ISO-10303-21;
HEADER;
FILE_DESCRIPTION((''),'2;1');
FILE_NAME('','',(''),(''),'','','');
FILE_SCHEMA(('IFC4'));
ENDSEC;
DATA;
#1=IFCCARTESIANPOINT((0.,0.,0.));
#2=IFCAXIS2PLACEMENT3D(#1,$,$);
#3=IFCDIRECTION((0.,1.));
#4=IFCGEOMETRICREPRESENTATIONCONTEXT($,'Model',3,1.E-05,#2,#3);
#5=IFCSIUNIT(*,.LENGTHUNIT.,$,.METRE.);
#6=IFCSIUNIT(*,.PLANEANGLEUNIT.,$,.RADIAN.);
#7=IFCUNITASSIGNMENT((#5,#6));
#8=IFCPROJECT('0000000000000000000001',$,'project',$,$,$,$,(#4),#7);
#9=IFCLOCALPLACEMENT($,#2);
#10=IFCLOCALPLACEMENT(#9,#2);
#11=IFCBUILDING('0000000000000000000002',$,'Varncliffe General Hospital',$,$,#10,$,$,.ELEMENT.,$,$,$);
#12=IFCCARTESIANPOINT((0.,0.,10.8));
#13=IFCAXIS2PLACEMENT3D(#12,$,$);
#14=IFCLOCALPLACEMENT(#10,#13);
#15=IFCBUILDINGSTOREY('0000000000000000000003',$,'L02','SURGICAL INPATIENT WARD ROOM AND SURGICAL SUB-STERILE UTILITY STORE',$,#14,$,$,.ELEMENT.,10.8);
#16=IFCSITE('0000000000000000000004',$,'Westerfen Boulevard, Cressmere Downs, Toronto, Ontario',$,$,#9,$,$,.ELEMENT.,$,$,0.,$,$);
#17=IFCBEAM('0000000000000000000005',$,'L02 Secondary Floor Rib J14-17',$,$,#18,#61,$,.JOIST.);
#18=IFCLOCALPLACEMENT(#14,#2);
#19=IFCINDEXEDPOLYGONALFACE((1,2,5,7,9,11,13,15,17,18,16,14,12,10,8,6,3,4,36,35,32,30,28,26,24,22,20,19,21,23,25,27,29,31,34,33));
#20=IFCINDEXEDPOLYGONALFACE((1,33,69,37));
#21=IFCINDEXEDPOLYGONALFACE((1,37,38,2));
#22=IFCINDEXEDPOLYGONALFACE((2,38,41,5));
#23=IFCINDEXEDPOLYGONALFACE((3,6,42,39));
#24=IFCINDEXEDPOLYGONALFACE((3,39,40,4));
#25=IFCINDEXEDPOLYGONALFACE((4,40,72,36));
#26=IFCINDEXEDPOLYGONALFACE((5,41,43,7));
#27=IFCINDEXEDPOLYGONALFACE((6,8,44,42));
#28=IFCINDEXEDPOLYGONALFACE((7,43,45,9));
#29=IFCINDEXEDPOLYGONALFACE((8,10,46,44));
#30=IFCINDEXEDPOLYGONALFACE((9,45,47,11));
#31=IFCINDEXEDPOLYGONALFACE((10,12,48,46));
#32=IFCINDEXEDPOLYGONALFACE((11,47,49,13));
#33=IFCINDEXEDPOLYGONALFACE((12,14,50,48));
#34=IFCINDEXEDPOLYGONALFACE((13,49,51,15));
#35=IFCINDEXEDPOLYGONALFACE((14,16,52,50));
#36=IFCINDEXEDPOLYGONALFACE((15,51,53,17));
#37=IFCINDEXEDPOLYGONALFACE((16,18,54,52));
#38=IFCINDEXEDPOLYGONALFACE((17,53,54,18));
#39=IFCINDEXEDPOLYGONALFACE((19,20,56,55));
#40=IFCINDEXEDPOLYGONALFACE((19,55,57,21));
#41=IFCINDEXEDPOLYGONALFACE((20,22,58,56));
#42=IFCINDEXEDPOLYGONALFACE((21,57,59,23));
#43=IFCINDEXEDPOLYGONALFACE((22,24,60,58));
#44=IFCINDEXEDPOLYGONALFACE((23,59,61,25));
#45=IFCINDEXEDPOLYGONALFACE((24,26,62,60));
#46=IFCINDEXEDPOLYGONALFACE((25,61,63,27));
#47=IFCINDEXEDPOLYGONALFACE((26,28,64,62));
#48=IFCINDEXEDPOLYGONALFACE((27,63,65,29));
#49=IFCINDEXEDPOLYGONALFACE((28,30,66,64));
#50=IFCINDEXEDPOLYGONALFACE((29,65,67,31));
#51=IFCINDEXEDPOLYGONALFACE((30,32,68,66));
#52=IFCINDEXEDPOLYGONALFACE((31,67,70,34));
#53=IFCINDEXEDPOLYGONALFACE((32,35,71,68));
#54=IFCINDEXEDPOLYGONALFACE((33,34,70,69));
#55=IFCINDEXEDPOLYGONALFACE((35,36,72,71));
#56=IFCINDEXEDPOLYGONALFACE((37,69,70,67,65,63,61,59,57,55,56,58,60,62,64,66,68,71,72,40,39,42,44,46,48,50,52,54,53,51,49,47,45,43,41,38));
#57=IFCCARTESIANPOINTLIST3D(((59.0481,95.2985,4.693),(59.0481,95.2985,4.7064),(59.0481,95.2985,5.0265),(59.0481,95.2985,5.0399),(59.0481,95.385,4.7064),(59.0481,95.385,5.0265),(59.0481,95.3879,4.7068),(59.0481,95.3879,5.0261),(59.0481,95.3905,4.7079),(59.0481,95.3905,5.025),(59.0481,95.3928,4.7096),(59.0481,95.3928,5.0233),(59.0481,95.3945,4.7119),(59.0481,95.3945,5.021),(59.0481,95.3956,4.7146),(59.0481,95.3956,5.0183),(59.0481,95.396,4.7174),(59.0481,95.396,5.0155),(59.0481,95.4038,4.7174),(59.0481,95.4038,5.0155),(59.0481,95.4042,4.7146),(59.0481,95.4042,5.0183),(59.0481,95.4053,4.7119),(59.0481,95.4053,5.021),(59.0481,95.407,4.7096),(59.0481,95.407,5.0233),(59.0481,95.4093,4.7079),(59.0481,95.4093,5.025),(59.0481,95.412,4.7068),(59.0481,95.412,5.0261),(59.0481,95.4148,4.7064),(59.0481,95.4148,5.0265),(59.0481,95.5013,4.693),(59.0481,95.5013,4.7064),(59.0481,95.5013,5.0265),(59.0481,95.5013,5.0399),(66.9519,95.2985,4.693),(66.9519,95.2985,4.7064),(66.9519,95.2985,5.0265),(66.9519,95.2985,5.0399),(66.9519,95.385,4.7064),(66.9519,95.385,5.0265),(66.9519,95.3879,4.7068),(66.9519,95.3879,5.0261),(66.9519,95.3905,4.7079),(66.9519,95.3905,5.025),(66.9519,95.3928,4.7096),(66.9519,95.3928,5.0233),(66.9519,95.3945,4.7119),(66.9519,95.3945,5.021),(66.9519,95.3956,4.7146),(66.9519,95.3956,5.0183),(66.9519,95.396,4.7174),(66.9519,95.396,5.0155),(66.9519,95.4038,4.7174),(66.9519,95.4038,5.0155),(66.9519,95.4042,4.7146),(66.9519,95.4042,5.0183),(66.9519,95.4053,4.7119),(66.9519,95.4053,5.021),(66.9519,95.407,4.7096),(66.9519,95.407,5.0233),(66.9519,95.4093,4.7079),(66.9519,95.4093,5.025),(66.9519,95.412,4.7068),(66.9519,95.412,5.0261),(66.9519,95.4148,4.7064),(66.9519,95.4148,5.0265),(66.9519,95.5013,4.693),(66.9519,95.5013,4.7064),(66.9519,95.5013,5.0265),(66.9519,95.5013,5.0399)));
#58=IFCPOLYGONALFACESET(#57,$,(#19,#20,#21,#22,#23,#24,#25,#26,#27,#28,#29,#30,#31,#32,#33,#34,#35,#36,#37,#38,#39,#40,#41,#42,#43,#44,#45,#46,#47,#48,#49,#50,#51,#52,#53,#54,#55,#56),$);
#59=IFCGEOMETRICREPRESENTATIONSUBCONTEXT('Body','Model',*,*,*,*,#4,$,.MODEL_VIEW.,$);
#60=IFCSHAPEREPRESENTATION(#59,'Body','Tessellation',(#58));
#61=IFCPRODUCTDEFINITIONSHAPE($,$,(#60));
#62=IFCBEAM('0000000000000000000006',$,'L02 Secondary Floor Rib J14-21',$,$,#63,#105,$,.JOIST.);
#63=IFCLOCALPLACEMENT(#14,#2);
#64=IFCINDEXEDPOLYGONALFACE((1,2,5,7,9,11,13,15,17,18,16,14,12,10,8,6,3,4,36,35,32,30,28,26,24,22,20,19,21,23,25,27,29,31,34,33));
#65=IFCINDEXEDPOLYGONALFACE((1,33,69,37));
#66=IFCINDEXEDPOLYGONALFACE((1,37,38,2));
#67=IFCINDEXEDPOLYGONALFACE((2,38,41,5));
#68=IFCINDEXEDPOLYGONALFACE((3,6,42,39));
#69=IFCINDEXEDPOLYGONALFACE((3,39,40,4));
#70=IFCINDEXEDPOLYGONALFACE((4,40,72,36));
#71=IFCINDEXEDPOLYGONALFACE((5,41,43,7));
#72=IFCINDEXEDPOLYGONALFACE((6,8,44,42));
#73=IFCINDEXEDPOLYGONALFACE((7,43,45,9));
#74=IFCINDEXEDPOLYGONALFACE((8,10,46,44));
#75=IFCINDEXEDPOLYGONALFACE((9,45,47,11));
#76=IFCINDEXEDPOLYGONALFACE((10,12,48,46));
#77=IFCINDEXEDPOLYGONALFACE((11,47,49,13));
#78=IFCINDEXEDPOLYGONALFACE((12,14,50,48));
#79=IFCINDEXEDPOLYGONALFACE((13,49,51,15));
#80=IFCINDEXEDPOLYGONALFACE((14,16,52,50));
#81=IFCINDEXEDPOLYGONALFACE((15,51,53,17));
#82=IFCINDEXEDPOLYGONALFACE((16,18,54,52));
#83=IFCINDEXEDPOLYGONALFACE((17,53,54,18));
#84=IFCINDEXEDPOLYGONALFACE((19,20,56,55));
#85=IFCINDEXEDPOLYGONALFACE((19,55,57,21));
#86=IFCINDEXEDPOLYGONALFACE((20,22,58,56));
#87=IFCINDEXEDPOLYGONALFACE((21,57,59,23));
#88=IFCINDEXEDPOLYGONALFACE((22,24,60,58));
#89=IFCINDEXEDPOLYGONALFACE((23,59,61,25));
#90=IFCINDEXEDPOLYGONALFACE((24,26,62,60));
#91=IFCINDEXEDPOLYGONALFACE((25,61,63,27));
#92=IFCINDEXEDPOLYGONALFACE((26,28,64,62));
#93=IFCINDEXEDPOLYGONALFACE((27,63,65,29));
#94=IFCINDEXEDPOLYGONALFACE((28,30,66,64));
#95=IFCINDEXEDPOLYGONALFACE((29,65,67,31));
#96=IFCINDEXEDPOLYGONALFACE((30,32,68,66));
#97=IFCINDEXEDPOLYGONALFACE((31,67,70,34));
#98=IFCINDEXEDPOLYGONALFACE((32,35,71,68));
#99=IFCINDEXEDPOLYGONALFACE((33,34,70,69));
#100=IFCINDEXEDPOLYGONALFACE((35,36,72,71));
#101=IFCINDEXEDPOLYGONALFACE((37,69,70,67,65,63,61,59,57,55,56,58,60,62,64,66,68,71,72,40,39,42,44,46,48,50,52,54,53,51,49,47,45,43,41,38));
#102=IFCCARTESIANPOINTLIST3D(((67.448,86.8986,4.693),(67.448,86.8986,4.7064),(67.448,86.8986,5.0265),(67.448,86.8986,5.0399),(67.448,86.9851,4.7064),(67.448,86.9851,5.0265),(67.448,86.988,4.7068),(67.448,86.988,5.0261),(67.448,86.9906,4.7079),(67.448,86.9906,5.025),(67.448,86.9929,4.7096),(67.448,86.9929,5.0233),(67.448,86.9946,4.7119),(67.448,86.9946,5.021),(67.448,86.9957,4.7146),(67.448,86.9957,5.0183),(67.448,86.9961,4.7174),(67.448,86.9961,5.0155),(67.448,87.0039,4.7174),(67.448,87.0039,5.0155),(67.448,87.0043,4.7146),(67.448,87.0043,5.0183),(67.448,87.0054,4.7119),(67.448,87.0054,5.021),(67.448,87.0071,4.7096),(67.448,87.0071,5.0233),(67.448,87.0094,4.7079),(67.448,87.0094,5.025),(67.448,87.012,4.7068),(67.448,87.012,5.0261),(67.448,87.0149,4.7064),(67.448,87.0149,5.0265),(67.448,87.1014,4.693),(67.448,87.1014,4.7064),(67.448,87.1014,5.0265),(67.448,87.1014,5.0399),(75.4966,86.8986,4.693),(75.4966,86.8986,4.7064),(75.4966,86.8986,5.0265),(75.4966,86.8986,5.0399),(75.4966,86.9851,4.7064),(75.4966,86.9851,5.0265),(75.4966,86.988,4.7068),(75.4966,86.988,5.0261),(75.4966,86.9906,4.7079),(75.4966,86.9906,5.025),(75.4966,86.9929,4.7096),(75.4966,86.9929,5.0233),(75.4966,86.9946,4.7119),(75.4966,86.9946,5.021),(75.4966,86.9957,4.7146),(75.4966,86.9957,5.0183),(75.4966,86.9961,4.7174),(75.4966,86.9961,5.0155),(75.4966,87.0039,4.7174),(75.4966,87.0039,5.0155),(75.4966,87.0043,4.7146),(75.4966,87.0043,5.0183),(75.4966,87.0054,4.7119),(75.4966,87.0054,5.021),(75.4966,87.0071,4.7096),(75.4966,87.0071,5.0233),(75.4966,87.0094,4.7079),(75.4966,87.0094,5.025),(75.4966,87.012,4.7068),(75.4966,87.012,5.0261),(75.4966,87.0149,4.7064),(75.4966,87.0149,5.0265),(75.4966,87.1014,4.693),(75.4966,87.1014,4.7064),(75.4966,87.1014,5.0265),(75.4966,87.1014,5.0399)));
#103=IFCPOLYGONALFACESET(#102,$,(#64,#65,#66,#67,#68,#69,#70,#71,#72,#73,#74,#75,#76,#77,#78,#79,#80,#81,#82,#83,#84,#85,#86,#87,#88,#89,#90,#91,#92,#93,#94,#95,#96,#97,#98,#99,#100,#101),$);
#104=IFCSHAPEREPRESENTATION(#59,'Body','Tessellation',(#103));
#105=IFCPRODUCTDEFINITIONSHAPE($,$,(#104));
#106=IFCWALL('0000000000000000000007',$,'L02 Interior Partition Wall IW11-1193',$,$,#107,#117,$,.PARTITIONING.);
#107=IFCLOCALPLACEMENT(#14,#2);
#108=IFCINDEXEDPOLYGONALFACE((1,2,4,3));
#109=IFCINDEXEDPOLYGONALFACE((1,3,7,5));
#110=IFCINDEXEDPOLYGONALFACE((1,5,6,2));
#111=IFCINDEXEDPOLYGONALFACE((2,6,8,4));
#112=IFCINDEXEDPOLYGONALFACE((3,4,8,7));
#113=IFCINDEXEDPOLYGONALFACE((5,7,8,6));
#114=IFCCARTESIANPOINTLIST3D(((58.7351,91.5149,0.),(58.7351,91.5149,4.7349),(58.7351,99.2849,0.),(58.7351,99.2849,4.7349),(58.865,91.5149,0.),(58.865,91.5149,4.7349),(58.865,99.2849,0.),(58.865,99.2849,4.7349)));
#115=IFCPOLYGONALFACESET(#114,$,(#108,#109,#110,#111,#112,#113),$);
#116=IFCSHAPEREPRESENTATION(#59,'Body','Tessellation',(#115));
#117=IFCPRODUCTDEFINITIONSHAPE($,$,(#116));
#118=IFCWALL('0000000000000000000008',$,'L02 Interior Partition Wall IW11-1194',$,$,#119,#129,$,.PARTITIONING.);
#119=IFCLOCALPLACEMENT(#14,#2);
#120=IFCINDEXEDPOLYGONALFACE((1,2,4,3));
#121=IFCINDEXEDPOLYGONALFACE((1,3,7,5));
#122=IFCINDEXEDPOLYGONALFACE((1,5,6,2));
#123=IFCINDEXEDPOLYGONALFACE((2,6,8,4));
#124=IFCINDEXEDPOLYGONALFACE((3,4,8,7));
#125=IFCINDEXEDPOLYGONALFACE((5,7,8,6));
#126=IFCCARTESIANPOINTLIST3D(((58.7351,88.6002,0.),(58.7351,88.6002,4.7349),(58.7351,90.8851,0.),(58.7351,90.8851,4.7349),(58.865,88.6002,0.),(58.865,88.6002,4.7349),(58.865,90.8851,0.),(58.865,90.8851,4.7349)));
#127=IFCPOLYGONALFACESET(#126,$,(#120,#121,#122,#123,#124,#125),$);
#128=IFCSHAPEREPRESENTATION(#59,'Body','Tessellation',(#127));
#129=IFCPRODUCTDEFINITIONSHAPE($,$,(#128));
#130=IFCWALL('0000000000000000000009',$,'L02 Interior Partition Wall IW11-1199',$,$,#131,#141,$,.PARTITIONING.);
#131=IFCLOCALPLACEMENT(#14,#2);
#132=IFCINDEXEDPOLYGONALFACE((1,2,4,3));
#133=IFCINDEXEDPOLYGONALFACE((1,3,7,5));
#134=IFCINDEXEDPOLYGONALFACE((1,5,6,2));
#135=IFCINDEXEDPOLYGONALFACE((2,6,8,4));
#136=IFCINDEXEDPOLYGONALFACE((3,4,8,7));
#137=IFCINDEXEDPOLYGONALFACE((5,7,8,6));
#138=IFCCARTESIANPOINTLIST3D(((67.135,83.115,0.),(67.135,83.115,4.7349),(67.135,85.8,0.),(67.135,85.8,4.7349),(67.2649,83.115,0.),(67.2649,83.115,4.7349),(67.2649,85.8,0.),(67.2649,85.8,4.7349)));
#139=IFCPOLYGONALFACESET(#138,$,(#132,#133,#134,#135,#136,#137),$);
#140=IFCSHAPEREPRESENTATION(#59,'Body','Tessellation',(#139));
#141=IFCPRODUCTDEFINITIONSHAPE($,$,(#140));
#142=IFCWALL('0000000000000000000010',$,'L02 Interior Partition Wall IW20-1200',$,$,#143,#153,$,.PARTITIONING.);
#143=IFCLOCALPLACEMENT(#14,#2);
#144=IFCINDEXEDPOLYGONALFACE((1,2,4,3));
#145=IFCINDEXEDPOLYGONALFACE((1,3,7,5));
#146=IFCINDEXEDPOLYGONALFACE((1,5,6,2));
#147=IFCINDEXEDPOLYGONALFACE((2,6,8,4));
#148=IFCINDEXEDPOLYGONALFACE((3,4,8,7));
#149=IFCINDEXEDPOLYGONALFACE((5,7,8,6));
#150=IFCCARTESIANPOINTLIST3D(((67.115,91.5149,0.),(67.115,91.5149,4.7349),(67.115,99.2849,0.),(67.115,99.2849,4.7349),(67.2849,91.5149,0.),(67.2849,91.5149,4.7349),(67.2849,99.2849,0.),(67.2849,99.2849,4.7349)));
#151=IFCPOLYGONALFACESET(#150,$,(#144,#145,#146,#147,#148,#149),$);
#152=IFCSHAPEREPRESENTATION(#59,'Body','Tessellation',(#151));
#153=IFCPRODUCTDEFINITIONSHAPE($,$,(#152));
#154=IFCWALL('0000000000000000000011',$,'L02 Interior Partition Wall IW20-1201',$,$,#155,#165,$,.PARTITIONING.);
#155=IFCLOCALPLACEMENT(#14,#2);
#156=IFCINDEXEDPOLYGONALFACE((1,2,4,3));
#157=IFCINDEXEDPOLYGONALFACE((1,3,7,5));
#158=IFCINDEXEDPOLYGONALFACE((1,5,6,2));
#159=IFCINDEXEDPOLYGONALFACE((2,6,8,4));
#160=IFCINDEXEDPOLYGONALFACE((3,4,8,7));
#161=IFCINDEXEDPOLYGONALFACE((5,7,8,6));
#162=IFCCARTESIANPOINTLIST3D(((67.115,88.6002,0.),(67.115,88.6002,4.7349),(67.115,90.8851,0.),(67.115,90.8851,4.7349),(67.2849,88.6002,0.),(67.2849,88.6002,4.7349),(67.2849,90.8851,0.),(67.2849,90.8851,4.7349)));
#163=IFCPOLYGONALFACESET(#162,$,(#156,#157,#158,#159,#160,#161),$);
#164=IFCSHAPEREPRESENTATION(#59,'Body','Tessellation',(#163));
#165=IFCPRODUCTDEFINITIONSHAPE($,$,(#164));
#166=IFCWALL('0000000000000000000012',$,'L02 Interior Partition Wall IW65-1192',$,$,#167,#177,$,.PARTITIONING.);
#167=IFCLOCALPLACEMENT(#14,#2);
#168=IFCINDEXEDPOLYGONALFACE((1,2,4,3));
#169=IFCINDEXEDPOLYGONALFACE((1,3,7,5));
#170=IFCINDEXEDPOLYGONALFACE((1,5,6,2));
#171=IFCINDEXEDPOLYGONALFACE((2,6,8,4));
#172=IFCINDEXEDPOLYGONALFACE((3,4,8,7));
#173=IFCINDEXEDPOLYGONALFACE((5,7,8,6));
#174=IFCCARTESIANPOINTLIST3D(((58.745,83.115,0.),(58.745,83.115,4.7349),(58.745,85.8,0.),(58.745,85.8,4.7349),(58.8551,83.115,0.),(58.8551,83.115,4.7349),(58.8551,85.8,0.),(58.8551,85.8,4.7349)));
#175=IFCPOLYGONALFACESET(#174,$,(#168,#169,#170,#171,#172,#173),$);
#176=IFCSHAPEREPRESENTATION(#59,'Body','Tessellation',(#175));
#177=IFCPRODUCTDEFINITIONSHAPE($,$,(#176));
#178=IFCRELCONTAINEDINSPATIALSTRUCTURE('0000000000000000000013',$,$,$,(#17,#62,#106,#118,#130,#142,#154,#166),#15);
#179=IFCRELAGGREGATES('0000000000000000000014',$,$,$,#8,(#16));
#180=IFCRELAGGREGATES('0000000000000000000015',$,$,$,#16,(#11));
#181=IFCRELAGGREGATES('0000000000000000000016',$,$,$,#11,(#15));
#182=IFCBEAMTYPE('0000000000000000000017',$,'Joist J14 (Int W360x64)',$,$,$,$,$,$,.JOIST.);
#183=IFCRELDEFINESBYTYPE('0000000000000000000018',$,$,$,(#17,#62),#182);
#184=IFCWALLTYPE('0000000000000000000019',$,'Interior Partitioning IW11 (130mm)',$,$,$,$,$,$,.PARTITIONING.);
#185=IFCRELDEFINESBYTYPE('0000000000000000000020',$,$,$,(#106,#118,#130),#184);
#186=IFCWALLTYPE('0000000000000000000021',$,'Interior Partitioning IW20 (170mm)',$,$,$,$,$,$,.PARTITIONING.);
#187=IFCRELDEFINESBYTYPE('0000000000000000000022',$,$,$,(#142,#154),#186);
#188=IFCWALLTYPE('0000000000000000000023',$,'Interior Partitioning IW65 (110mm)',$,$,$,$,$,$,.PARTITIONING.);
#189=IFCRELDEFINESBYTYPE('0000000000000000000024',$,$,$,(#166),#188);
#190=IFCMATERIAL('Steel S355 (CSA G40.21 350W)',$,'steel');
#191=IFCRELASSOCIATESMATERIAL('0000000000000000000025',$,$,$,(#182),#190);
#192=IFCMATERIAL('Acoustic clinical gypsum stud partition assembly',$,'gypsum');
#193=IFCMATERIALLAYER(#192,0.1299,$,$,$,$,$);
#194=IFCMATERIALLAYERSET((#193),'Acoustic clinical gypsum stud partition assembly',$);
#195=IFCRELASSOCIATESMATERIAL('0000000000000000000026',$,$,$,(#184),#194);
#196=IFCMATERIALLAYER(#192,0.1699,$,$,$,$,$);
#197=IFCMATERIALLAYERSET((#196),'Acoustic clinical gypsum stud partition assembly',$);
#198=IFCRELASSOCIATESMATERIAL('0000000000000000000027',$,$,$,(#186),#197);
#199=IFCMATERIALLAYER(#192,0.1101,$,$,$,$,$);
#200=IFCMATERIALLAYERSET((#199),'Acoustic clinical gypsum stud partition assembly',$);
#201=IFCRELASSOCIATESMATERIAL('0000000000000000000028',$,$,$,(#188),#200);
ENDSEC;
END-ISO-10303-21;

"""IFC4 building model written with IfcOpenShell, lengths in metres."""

from ifc_helpers import new_model, si_unit, direction, frame, frame_2d, origin, origin_2d, place, context, subcontext, project, spatial, rectangle, i_section, extrude, material, layer, layer_set, material_profile, profile_set, type_object, element, save


model = new_model("IFC4")

# Units and contexts
model_context = context("Model", 3, precision=1e-05, world=origin(), true_north=direction((0.0, 1.0)))
body_context = subcontext(model_context, "Body", "Model", "MODEL_VIEW")
ifc_project = project(units=[si_unit("LENGTHUNIT", "METRE"), si_unit("PLANEANGLEUNIT", "RADIAN")], contexts=[model_context])

# Site, building, storey
site_placement = place(None, origin())
site = spatial("IfcSite", under=ifc_project, at=site_placement, Name="Westerfen Boulevard, Cressmere Downs, Toronto, Ontario", CompositionType="ELEMENT", RefElevation=0.0)
building_placement = place(site_placement, origin())
building = spatial("IfcBuilding", under=site, at=building_placement, Name="Varncliffe General Hospital", CompositionType="ELEMENT")
storey_placement = place(building_placement, frame((0.0, 0.0, 10.8)))
storey = spatial("IfcBuildingStorey", under=building, at=storey_placement, Name="L02", Description="SURGICAL INPATIENT WARD ROOM AND SURGICAL SUB-STERILE UTILITY STORE", CompositionType="ELEMENT", Elevation=10.8)

# Beams
ifc_material_1 = material(Name="Steel S355 (CSA G40.21 350W)", Category="steel")
ifc_material_profile_1 = material_profile(ifc_material_1, i_section(OverallWidth=0.2029, OverallDepth=0.3469, WebThickness=0.0078, FlangeThickness=0.0134, FilletRadius=0.011, at=origin_2d()), Name="W360x64")
ifc_profile_set_1 = profile_set([ifc_material_profile_1], Name="Steel S355 (CSA G40.21 350W)")
beam_type_1 = type_object("IfcBeamType", Name="Joist J14 (Int W360x64)", PredefinedType="JOIST", material=ifc_profile_set_1)
for number, where, z_axis, x_axis, name in (
    (1, (59.0481, 95.3999, 4.8665), (1.0, 0.0, 0.0), (0.0, 1.0, 0.0), "L02 Secondary Floor Rib J14-17"),
):
    element("IfcBeam", number, at=place(storey_placement, frame(where, z_axis=z_axis, x_axis=x_axis)), inside=storey, type_object=beam_type_1, Name=name, PredefinedType="JOIST", context=body_context, shape_type="SweptSolid", body=[
        extrude(i_section(OverallWidth=0.2029, OverallDepth=0.3469, WebThickness=0.0078, FlangeThickness=0.0134, FilletRadius=0.011, at=origin_2d()), origin(), (0.0, 0.0, 1.0), 7.9038),
    ])
beam_1_placement = place(storey_placement, frame((67.448, 87.0, 4.8665), z_axis=(1.0, 0.0, 0.0), x_axis=(0.0, 1.0, 0.0)))
element("IfcBeam", 2, at=beam_1_placement, inside=storey, type_object=beam_type_1, Name="L02 Secondary Floor Rib J14-21", PredefinedType="JOIST", context=body_context, shape_type="SweptSolid", body=[
    extrude(i_section(OverallWidth=0.2029, OverallDepth=0.3469, WebThickness=0.0078, FlangeThickness=0.0134, FilletRadius=0.011, at=origin_2d()), origin(), (0.0, 0.0, 1.0), 8.0486),
])

# Walls
ifc_material_2 = material(Name="Acoustic clinical gypsum stud partition assembly", Category="gypsum")
ifc_layer_1 = layer(ifc_material_2, 0.1299)
ifc_layer_set_1 = layer_set([ifc_layer_1], Name="Acoustic clinical gypsum stud partition assembly")
wall_type_1 = type_object("IfcWallType", Name="Interior Partitioning IW11 (130mm)", PredefinedType="PARTITIONING", material=ifc_layer_set_1)
wall_1_placement = place(storey_placement, frame((58.8, 91.5149, 0.0), z_axis=(0.0, 0.0, 1.0), x_axis=(0.0, 1.0, 0.0)))
element("IfcWall", 3, at=wall_1_placement, inside=storey, type_object=wall_type_1, Name="L02 Interior Partition Wall IW11-1193", PredefinedType="PARTITIONING", context=body_context, shape_type="SweptSolid", body=[
    extrude(rectangle(XDim=7.77, YDim=0.1299, at=frame_2d((3.885, 0.0))), origin(), (0.0, 0.0, 1.0), 4.7349),
])
wall_2_placement = place(storey_placement, frame((58.8, 88.6001, 0.0), z_axis=(0.0, 0.0, 1.0), x_axis=(0.0, 1.0, 0.0)))
element("IfcWall", 4, at=wall_2_placement, inside=storey, type_object=wall_type_1, Name="L02 Interior Partition Wall IW11-1194", PredefinedType="PARTITIONING", context=body_context, shape_type="SweptSolid", body=[
    extrude(rectangle(XDim=2.2849, YDim=0.1299, at=frame_2d((1.1426, 0.0))), origin(), (0.0, 0.0, 1.0), 4.7349),
])
wall_3_placement = place(storey_placement, frame((67.2, 83.115, 0.0), z_axis=(0.0, 0.0, 1.0), x_axis=(0.0, 1.0, 0.0)))
element("IfcWall", 5, at=wall_3_placement, inside=storey, type_object=wall_type_1, Name="L02 Interior Partition Wall IW11-1199", PredefinedType="PARTITIONING", context=body_context, shape_type="SweptSolid", body=[
    extrude(rectangle(XDim=2.6851, YDim=0.1299, at=frame_2d((1.3425, 0.0))), origin(), (0.0, 0.0, 1.0), 4.7349),
])
ifc_layer_2 = layer(ifc_material_2, 0.1699)
ifc_layer_set_2 = layer_set([ifc_layer_2], Name="Acoustic clinical gypsum stud partition assembly")
wall_type_2 = type_object("IfcWallType", Name="Interior Partitioning IW20 (170mm)", PredefinedType="PARTITIONING", material=ifc_layer_set_2)
wall_4_placement = place(storey_placement, frame((67.2, 91.5149, 0.0), z_axis=(0.0, 0.0, 1.0), x_axis=(0.0, 1.0, 0.0)))
element("IfcWall", 6, at=wall_4_placement, inside=storey, type_object=wall_type_2, Name="L02 Interior Partition Wall IW20-1200", PredefinedType="PARTITIONING", context=body_context, shape_type="SweptSolid", body=[
    extrude(rectangle(XDim=7.77, YDim=0.1699, at=frame_2d((3.885, 0.0))), origin(), (0.0, 0.0, 1.0), 4.7349),
])
wall_5_placement = place(storey_placement, frame((67.2, 88.6001, 0.0), z_axis=(0.0, 0.0, 1.0), x_axis=(0.0, 1.0, 0.0)))
element("IfcWall", 7, at=wall_5_placement, inside=storey, type_object=wall_type_2, Name="L02 Interior Partition Wall IW20-1201", PredefinedType="PARTITIONING", context=body_context, shape_type="SweptSolid", body=[
    extrude(rectangle(XDim=2.2849, YDim=0.1699, at=frame_2d((1.1426, 0.0))), origin(), (0.0, 0.0, 1.0), 4.7349),
])
ifc_layer_3 = layer(ifc_material_2, 0.1101)
ifc_layer_set_3 = layer_set([ifc_layer_3], Name="Acoustic clinical gypsum stud partition assembly")
wall_type_3 = type_object("IfcWallType", Name="Interior Partitioning IW65 (110mm)", PredefinedType="PARTITIONING", material=ifc_layer_set_3)
wall_6_placement = place(storey_placement, frame((58.8, 83.115, 0.0), z_axis=(0.0, 0.0, 1.0), x_axis=(0.0, 1.0, 0.0)))
element("IfcWall", 8, at=wall_6_placement, inside=storey, type_object=wall_type_3, Name="L02 Interior Partition Wall IW65-1192", PredefinedType="PARTITIONING", context=body_context, shape_type="SweptSolid", body=[
    extrude(rectangle(XDim=2.6851, YDim=0.1101, at=frame_2d((1.3425, 0.0))), origin(), (0.0, 0.0, 1.0), 4.7349),
])

save(model, "model.ifc")
